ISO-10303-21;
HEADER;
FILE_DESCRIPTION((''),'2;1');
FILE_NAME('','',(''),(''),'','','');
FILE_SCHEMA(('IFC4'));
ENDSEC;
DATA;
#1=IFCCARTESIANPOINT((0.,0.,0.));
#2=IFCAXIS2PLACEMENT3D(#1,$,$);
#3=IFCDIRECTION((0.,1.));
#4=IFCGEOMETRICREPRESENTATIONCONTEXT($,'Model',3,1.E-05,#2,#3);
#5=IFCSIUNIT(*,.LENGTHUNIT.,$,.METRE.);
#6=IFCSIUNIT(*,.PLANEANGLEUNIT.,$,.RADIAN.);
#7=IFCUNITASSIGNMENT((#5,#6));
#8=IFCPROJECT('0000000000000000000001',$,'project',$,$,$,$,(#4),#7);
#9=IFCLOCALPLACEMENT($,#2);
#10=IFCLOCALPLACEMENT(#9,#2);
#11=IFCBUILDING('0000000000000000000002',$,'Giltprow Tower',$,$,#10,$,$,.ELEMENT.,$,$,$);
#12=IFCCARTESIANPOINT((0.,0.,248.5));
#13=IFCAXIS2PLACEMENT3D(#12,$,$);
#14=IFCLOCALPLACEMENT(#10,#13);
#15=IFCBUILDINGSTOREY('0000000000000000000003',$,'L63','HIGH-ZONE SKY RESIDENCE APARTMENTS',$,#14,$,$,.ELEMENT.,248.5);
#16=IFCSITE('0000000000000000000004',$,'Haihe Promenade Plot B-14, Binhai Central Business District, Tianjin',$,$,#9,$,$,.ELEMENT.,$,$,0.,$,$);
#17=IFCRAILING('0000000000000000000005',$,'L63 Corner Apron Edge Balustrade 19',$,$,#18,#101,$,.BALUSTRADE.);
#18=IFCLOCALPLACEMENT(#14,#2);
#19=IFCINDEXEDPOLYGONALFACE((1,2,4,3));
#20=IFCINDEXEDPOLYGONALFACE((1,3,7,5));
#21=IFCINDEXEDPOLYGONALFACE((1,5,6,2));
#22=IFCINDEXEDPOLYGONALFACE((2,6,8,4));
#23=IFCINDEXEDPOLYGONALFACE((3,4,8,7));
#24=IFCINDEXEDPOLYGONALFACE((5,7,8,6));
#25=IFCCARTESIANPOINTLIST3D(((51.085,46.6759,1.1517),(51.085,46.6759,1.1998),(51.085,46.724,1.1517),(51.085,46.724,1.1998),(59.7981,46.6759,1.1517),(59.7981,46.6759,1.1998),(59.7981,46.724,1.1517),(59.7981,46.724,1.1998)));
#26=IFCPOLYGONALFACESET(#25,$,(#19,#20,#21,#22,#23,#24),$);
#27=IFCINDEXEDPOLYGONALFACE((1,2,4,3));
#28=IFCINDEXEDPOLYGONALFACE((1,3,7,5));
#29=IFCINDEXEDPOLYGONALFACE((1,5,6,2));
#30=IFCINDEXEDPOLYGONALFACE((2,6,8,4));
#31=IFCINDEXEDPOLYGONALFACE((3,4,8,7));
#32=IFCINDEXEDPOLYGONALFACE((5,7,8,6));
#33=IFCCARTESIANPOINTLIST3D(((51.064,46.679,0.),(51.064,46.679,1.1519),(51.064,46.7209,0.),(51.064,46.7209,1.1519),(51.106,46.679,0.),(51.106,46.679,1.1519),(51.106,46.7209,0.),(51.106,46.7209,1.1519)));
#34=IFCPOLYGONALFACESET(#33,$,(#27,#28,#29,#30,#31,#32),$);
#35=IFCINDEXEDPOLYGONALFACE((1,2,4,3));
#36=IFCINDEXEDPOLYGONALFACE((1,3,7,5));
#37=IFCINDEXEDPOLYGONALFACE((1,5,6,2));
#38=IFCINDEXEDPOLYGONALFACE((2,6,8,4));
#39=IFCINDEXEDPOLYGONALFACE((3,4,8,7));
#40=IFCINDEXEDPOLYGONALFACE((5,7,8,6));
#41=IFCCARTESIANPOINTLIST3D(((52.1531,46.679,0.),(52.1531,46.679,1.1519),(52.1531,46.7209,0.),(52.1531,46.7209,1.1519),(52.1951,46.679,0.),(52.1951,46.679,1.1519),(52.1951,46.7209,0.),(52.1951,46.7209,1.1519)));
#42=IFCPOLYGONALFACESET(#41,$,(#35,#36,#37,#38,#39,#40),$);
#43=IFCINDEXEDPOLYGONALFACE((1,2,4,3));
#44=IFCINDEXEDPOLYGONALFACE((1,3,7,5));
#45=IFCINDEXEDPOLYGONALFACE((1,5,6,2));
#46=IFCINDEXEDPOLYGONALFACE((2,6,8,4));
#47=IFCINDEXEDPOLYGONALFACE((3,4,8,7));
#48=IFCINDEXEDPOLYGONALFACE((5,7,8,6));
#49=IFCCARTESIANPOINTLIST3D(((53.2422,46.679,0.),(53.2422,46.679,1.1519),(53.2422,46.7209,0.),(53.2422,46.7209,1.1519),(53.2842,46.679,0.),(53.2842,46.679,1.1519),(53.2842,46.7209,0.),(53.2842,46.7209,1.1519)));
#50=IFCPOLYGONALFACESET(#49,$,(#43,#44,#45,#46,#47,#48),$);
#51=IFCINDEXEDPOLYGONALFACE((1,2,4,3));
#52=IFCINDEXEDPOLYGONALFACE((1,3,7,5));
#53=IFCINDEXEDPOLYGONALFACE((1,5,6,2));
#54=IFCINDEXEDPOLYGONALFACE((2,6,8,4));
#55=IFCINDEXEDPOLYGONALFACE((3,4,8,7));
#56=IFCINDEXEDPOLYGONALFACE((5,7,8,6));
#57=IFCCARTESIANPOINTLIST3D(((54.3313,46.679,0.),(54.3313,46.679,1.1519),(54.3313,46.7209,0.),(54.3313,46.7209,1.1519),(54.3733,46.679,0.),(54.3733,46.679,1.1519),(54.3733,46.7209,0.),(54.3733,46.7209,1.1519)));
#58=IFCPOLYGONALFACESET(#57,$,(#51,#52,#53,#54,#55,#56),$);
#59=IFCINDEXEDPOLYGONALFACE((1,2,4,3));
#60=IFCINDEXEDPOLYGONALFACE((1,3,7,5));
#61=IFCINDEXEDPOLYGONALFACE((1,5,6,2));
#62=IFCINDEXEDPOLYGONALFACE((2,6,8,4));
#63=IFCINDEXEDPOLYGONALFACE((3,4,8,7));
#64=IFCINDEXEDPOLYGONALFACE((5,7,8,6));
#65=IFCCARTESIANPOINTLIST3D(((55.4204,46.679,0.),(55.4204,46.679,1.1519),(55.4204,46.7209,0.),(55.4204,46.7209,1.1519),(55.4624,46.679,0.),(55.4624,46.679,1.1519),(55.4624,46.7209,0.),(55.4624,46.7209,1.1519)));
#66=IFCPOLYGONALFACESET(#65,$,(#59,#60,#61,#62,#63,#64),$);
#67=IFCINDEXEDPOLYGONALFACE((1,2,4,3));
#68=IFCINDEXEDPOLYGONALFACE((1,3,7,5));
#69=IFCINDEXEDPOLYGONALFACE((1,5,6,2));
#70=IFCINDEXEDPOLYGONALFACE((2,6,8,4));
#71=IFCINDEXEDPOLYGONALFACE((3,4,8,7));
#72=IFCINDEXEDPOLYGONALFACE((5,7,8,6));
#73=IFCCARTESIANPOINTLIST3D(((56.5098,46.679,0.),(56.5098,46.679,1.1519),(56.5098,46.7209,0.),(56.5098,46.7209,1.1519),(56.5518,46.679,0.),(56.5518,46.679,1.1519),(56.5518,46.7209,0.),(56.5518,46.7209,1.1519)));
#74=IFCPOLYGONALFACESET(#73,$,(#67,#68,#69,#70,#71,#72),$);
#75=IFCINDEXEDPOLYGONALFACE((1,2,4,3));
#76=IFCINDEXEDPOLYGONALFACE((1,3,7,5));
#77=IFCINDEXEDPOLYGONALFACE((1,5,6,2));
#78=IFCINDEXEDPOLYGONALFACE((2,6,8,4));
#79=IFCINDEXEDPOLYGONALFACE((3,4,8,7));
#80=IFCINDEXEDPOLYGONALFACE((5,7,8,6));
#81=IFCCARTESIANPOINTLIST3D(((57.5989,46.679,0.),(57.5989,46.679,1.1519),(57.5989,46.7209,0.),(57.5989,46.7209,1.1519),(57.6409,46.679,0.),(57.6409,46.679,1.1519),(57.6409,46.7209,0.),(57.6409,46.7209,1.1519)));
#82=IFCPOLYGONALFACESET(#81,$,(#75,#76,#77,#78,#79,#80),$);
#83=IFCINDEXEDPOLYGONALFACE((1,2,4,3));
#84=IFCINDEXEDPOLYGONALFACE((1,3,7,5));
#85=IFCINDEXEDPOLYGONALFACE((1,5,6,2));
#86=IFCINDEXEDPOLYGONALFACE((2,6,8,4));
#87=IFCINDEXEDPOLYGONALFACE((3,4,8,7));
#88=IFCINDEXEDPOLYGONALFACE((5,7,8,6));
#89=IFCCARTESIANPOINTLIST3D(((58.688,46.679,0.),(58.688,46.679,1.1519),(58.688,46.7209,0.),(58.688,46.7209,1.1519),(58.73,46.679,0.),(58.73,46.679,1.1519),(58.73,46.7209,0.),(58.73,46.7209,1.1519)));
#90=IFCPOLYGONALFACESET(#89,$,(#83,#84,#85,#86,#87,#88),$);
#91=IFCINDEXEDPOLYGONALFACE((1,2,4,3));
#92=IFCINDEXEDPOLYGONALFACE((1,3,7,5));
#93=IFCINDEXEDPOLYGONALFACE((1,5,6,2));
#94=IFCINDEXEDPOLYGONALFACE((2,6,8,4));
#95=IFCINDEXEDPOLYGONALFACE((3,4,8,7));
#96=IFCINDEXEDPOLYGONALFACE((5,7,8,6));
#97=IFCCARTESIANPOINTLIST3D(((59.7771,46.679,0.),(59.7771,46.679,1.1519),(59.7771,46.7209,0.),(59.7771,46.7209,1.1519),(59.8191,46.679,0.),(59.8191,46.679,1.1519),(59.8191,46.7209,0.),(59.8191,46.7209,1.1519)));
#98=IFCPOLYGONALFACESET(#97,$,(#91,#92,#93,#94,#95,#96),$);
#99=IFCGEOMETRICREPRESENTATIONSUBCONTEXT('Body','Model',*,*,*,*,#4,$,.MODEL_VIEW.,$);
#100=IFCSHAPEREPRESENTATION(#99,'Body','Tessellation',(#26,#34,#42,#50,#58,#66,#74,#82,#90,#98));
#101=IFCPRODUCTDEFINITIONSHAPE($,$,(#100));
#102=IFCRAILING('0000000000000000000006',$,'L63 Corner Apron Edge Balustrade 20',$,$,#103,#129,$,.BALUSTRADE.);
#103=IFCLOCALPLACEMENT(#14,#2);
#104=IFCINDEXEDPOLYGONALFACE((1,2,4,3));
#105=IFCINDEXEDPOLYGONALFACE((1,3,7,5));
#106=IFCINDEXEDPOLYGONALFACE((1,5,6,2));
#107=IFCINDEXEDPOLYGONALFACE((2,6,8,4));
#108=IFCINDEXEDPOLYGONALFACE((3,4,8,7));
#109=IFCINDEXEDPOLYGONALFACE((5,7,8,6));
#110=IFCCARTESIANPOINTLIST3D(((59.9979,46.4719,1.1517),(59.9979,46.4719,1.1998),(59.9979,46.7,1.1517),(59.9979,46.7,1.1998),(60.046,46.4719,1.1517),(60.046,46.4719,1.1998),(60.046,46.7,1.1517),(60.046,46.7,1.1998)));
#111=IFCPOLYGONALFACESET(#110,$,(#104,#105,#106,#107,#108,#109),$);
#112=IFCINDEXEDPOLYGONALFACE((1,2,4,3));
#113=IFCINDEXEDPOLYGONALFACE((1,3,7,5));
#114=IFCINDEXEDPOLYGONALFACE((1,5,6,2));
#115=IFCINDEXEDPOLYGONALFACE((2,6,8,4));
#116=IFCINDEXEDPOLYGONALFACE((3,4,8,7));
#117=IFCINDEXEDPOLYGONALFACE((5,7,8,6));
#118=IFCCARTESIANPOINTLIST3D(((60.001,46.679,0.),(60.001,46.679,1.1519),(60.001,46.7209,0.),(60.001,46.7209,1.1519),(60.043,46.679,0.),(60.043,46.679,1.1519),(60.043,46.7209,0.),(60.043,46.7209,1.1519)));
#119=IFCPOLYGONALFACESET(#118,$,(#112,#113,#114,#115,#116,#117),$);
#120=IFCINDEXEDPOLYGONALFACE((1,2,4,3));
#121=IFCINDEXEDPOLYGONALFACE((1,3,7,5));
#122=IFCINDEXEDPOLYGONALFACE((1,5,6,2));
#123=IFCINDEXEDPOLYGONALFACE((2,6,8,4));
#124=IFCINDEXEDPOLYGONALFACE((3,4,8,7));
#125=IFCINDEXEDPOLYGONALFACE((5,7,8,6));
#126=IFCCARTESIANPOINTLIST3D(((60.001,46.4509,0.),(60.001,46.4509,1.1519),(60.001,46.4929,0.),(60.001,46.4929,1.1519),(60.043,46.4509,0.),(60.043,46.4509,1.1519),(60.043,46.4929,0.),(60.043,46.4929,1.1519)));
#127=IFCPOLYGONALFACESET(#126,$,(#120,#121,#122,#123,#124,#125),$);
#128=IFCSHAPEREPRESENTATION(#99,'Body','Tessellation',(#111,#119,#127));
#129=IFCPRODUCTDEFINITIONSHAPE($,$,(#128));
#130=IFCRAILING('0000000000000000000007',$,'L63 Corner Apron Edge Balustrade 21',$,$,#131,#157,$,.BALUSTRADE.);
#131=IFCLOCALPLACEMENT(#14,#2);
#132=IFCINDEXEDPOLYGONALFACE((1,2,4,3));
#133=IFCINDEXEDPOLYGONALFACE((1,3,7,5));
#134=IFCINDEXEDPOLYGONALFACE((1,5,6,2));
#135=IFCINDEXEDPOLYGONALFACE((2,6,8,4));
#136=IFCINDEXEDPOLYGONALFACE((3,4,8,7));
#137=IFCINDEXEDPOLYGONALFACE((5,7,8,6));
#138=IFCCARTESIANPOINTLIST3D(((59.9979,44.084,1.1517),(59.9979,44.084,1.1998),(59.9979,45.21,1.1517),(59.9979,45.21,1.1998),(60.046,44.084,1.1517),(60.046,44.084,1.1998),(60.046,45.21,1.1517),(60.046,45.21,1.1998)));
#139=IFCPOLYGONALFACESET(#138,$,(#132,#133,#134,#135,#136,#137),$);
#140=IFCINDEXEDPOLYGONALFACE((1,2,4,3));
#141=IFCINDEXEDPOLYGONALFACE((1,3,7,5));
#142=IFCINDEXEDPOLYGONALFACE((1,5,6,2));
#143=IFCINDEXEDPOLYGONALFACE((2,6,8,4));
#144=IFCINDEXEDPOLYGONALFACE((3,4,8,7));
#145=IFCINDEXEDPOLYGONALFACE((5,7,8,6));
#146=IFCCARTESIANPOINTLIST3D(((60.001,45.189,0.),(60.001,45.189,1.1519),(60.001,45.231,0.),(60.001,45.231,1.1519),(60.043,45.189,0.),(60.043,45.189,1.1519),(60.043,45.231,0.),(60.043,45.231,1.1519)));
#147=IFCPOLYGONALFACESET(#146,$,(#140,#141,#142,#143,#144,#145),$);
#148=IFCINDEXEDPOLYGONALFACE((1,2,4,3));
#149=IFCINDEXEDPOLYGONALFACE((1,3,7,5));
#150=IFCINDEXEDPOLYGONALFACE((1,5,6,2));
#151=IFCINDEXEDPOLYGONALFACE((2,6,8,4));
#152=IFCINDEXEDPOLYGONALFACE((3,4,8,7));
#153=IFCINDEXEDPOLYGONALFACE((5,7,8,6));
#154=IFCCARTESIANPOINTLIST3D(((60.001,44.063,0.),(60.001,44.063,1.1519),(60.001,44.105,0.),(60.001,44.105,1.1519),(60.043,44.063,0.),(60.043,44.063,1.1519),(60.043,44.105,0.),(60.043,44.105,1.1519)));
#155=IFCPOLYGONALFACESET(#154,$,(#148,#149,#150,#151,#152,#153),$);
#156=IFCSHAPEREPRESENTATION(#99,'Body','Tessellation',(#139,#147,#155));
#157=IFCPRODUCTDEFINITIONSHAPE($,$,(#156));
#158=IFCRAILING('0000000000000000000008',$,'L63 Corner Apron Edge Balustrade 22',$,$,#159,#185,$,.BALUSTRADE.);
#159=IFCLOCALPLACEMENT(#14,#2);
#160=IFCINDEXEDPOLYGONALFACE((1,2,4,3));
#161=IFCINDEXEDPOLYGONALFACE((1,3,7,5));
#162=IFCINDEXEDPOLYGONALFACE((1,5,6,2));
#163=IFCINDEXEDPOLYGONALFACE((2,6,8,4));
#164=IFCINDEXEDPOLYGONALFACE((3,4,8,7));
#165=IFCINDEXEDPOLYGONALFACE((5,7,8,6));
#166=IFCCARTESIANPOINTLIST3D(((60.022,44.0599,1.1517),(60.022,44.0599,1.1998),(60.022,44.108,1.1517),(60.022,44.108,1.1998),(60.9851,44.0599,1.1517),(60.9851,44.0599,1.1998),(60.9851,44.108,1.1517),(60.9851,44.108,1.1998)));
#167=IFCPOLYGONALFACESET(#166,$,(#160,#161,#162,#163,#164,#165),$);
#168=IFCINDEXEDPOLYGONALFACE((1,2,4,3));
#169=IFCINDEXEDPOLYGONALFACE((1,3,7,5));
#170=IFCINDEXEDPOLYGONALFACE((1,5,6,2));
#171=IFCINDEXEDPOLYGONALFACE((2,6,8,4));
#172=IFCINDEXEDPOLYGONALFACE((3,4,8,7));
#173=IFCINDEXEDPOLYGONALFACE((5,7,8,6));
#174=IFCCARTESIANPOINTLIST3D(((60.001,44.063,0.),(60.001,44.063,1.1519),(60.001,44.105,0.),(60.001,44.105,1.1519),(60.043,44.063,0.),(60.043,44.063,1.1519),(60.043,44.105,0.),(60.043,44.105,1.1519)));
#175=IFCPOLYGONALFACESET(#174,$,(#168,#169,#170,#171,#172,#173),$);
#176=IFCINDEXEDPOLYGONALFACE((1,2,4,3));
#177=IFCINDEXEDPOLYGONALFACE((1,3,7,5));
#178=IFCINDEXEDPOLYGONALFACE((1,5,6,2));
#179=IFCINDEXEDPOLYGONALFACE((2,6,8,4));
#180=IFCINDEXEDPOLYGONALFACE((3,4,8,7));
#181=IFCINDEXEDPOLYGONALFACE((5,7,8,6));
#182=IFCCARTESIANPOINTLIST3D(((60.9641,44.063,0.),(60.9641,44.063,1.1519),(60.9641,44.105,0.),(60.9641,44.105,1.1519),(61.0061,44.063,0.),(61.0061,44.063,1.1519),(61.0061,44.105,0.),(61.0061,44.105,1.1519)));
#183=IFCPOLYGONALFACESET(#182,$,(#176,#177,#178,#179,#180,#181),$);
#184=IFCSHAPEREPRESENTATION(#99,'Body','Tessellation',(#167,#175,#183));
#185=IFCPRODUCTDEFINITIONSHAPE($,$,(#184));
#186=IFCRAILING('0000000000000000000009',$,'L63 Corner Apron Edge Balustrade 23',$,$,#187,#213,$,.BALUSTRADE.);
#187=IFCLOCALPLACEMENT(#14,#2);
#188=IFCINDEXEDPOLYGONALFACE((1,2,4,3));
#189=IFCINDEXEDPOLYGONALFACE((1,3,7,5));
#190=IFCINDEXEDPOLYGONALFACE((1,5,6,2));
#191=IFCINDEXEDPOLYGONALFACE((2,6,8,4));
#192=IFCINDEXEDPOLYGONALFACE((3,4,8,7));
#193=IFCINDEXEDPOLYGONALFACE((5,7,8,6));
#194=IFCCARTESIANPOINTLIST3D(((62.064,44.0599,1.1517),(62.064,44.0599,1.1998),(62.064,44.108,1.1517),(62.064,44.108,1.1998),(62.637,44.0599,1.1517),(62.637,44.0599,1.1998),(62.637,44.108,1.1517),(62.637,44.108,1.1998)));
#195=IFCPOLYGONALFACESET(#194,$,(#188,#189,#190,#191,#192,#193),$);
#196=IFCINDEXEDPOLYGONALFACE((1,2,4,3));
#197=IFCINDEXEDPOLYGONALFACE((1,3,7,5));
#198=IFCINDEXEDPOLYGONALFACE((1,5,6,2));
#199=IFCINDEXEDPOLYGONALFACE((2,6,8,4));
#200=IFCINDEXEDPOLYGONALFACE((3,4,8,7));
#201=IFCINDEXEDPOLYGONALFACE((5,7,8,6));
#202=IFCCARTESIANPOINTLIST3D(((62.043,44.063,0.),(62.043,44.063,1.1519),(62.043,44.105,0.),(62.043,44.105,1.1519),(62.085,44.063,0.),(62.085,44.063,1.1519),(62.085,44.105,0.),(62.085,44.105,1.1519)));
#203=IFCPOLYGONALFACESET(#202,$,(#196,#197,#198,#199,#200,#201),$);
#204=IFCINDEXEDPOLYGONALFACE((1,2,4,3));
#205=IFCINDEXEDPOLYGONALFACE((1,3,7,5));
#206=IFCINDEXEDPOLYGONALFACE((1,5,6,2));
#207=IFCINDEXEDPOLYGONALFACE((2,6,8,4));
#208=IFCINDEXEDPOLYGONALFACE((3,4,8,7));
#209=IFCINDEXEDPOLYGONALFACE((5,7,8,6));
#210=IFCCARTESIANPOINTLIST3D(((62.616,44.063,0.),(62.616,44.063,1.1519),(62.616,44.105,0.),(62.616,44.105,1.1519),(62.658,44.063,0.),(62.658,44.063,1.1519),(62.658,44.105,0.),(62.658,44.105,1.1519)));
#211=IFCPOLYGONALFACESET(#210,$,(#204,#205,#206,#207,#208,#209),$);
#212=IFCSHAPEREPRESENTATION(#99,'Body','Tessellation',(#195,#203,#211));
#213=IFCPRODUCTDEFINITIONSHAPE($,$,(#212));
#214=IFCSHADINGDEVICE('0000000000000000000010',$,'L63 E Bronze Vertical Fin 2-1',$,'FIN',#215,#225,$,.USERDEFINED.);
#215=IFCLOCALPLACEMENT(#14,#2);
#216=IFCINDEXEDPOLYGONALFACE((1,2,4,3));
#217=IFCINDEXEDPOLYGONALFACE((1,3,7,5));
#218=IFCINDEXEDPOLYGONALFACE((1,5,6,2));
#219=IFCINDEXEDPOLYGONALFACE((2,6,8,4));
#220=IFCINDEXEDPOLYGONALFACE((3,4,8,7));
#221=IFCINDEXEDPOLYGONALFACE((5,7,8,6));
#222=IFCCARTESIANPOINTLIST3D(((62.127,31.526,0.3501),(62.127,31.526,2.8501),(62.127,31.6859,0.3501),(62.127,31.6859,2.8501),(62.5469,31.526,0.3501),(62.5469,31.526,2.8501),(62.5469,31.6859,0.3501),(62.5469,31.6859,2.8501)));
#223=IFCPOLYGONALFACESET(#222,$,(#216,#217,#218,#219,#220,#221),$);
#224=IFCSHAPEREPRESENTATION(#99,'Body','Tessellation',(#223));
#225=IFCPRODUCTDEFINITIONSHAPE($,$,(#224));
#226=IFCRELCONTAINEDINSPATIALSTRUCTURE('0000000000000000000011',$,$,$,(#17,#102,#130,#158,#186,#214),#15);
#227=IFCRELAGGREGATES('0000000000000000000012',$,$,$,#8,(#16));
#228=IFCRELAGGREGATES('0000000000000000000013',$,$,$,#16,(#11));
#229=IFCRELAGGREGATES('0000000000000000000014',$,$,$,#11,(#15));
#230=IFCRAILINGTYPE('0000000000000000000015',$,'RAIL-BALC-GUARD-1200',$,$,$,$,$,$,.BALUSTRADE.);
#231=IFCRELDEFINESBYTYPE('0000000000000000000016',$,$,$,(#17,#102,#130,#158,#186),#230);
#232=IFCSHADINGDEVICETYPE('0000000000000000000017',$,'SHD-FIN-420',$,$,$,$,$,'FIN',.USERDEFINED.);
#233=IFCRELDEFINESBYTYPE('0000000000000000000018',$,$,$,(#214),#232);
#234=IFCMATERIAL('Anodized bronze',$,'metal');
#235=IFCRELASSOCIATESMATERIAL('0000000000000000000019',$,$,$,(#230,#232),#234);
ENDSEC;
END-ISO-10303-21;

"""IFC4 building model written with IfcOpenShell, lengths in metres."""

from ifc_helpers import new_model, si_unit, direction, frame, origin, origin_2d, place, context, subcontext, project, spatial, rectangle, extrude, source, transform, mapped, material, type_object, element, save


model = new_model("IFC4")

# Units and contexts
model_context = context("Model", 3, precision=1e-05, world=origin(), true_north=direction((0.0, 1.0)))
body_context = subcontext(model_context, "Body", "Model", "MODEL_VIEW")
ifc_project = project(units=[si_unit("LENGTHUNIT", "METRE"), si_unit("PLANEANGLEUNIT", "RADIAN")], contexts=[model_context])

# Site, building, storey
site_placement = place(None, origin())
site = spatial("IfcSite", under=ifc_project, at=site_placement, Name="Haihe Promenade Plot B-14, Binhai Central Business District, Tianjin", CompositionType="ELEMENT", RefElevation=0.0)
building_placement = place(site_placement, origin())
building = spatial("IfcBuilding", under=site, at=building_placement, Name="Giltprow Tower", CompositionType="ELEMENT")
storey_placement = place(building_placement, frame((0.0, 0.0, 248.5)))
storey = spatial("IfcBuildingStorey", under=building, at=storey_placement, Name="L63", Description="HIGH-ZONE SKY RESIDENCE APARTMENTS", CompositionType="ELEMENT", Elevation=248.5)

# Railings
ifc_material_1 = material(Name="Anodized bronze", Category="metal")
railing_type = type_object("IfcRailingType", Name="RAIL-BALC-GUARD-1200", PredefinedType="BALUSTRADE", material=ifc_material_1)
railing_1_placement = place(storey_placement, frame((51.085, 46.7, 0.0)))
element("IfcRailing", 1, at=railing_1_placement, inside=storey, type_object=railing_type, Name="L63 Corner Apron Edge Balustrade 19", PredefinedType="BALUSTRADE", context=body_context, shape_type="SweptSolid", body=[
    extrude(rectangle(XDim=0.0481, YDim=0.0481, at=origin_2d()), frame((0.0, 0.0, 1.1758), z_axis=(1.0, 0.0, 0.0), x_axis=(0.0, 1.0, 0.0)), (0.0, 0.0, 1.0), 8.7131),
    extrude(rectangle(XDim=0.042, YDim=0.042, at=origin_2d()), origin(), (0.0, 0.0, 1.0), 1.1519),
    extrude(rectangle(XDim=0.042, YDim=0.042, at=origin_2d()), frame((1.0891, 0.0, 0.0)), (0.0, 0.0, 1.0), 1.1519),
    extrude(rectangle(XDim=0.042, YDim=0.042, at=origin_2d()), frame((2.1782, 0.0, 0.0)), (0.0, 0.0, 1.0), 1.1519),
    extrude(rectangle(XDim=0.042, YDim=0.042, at=origin_2d()), frame((3.2673, 0.0, 0.0)), (0.0, 0.0, 1.0), 1.1519),
    extrude(rectangle(XDim=0.042, YDim=0.042, at=origin_2d()), frame((4.3564, 0.0, 0.0)), (0.0, 0.0, 1.0), 1.1519),
    extrude(rectangle(XDim=0.042, YDim=0.042, at=origin_2d()), frame((5.4458, 0.0, 0.0)), (0.0, 0.0, 1.0), 1.1519),
    extrude(rectangle(XDim=0.042, YDim=0.042, at=origin_2d()), frame((6.5349, 0.0, 0.0)), (0.0, 0.0, 1.0), 1.1519),
    extrude(rectangle(XDim=0.042, YDim=0.042, at=origin_2d()), frame((7.624, 0.0, 0.0)), (0.0, 0.0, 1.0), 1.1519),
    extrude(rectangle(XDim=0.042, YDim=0.042, at=origin_2d()), frame((8.7131, 0.0, 0.0)), (0.0, 0.0, 1.0), 1.1519),
])
railing_2_placement = place(storey_placement, frame((60.022, 46.7, 0.0)))
element("IfcRailing", 2, at=railing_2_placement, inside=storey, type_object=railing_type, Name="L63 Corner Apron Edge Balustrade 20", PredefinedType="BALUSTRADE", context=body_context, shape_type="SweptSolid", body=[
    extrude(rectangle(XDim=0.0481, YDim=0.0481, at=origin_2d()), frame((0.0, 0.0, 1.1758), z_axis=(0.0, -1.0, 0.0), x_axis=(1.0, 0.0, 0.0)), (0.0, 0.0, 1.0), 0.228),
    extrude(rectangle(XDim=0.042, YDim=0.042, at=origin_2d()), origin(), (0.0, 0.0, 1.0), 1.1519),
    extrude(rectangle(XDim=0.042, YDim=0.042, at=origin_2d()), frame((0.0, -0.228, 0.0)), (0.0, 0.0, 1.0), 1.1519),
])
railing_3_placement = place(storey_placement, frame((60.022, 45.21, 0.0)))
element("IfcRailing", 3, at=railing_3_placement, inside=storey, type_object=railing_type, Name="L63 Corner Apron Edge Balustrade 21", PredefinedType="BALUSTRADE", context=body_context, shape_type="SweptSolid", body=[
    extrude(rectangle(XDim=0.0481, YDim=0.0481, at=origin_2d()), frame((0.0, 0.0, 1.1758), z_axis=(0.0, -1.0, 0.0), x_axis=(1.0, 0.0, 0.0)), (0.0, 0.0, 1.0), 1.126),
    extrude(rectangle(XDim=0.042, YDim=0.042, at=origin_2d()), origin(), (0.0, 0.0, 1.0), 1.1519),
    extrude(rectangle(XDim=0.042, YDim=0.042, at=origin_2d()), frame((0.0, -1.126, 0.0)), (0.0, 0.0, 1.0), 1.1519),
])
railing_4_placement = place(storey_placement, frame((60.022, 44.084, 0.0)))
element("IfcRailing", 4, at=railing_4_placement, inside=storey, type_object=railing_type, Name="L63 Corner Apron Edge Balustrade 22", PredefinedType="BALUSTRADE", context=body_context, shape_type="SweptSolid", body=[
    extrude(rectangle(XDim=0.0481, YDim=0.0481, at=origin_2d()), frame((0.0, 0.0, 1.1758), z_axis=(1.0, 0.0, 0.0), x_axis=(0.0, 1.0, 0.0)), (0.0, 0.0, 1.0), 0.9631),
    extrude(rectangle(XDim=0.042, YDim=0.042, at=origin_2d()), origin(), (0.0, 0.0, 1.0), 1.1519),
    extrude(rectangle(XDim=0.042, YDim=0.042, at=origin_2d()), frame((0.9631, 0.0, 0.0)), (0.0, 0.0, 1.0), 1.1519),
])
railing_5_placement = place(storey_placement, frame((62.064, 44.084, 0.0)))
element("IfcRailing", 5, at=railing_5_placement, inside=storey, type_object=railing_type, Name="L63 Corner Apron Edge Balustrade 23", PredefinedType="BALUSTRADE", context=body_context, shape_type="SweptSolid", body=[
    extrude(rectangle(XDim=0.0481, YDim=0.0481, at=origin_2d()), frame((0.0, 0.0, 1.1758), z_axis=(1.0, 0.0, 0.0), x_axis=(0.0, 1.0, 0.0)), (0.0, 0.0, 1.0), 0.573),
    extrude(rectangle(XDim=0.042, YDim=0.042, at=origin_2d()), origin(), (0.0, 0.0, 1.0), 1.1519),
    extrude(rectangle(XDim=0.042, YDim=0.042, at=origin_2d()), frame((0.573, 0.0, 0.0)), (0.0, 0.0, 1.0), 1.1519),
])

# Shading device
shading_device_type = type_object("IfcShadingDeviceType", Name="SHD-FIN-420", ElementType="FIN", PredefinedType="USERDEFINED", material=ifc_material_1)
shared_shape_1 = source(origin(), body_context, "Body", "SweptSolid", [
    extrude(rectangle(XDim=0.4199, YDim=0.1599, at=origin_2d()), origin(), (0.0, 0.0, 1.0), 2.5),
])
shading_device_placement = place(storey_placement, frame((62.3369, 31.606, 0.3501), z_axis=(0.0, 0.0, 1.0), x_axis=(1.0, 0.0, 0.0)))
element("IfcShadingDevice", 6, at=shading_device_placement, inside=storey, type_object=shading_device_type, Name="L63 E Bronze Vertical Fin 2-1", ObjectType="FIN", PredefinedType="USERDEFINED", context=body_context, shape_type="MappedRepresentation", body=[
    mapped(shared_shape_1, transform((0.0, 0.0, 0.0), x_axis=(1.0, 0.0, 0.0), y_axis=(0.0, 1.0, 0.0), z_axis=(0.0, 0.0, 1.0), scale=1.0)),
])

save(model, "model.ifc")
